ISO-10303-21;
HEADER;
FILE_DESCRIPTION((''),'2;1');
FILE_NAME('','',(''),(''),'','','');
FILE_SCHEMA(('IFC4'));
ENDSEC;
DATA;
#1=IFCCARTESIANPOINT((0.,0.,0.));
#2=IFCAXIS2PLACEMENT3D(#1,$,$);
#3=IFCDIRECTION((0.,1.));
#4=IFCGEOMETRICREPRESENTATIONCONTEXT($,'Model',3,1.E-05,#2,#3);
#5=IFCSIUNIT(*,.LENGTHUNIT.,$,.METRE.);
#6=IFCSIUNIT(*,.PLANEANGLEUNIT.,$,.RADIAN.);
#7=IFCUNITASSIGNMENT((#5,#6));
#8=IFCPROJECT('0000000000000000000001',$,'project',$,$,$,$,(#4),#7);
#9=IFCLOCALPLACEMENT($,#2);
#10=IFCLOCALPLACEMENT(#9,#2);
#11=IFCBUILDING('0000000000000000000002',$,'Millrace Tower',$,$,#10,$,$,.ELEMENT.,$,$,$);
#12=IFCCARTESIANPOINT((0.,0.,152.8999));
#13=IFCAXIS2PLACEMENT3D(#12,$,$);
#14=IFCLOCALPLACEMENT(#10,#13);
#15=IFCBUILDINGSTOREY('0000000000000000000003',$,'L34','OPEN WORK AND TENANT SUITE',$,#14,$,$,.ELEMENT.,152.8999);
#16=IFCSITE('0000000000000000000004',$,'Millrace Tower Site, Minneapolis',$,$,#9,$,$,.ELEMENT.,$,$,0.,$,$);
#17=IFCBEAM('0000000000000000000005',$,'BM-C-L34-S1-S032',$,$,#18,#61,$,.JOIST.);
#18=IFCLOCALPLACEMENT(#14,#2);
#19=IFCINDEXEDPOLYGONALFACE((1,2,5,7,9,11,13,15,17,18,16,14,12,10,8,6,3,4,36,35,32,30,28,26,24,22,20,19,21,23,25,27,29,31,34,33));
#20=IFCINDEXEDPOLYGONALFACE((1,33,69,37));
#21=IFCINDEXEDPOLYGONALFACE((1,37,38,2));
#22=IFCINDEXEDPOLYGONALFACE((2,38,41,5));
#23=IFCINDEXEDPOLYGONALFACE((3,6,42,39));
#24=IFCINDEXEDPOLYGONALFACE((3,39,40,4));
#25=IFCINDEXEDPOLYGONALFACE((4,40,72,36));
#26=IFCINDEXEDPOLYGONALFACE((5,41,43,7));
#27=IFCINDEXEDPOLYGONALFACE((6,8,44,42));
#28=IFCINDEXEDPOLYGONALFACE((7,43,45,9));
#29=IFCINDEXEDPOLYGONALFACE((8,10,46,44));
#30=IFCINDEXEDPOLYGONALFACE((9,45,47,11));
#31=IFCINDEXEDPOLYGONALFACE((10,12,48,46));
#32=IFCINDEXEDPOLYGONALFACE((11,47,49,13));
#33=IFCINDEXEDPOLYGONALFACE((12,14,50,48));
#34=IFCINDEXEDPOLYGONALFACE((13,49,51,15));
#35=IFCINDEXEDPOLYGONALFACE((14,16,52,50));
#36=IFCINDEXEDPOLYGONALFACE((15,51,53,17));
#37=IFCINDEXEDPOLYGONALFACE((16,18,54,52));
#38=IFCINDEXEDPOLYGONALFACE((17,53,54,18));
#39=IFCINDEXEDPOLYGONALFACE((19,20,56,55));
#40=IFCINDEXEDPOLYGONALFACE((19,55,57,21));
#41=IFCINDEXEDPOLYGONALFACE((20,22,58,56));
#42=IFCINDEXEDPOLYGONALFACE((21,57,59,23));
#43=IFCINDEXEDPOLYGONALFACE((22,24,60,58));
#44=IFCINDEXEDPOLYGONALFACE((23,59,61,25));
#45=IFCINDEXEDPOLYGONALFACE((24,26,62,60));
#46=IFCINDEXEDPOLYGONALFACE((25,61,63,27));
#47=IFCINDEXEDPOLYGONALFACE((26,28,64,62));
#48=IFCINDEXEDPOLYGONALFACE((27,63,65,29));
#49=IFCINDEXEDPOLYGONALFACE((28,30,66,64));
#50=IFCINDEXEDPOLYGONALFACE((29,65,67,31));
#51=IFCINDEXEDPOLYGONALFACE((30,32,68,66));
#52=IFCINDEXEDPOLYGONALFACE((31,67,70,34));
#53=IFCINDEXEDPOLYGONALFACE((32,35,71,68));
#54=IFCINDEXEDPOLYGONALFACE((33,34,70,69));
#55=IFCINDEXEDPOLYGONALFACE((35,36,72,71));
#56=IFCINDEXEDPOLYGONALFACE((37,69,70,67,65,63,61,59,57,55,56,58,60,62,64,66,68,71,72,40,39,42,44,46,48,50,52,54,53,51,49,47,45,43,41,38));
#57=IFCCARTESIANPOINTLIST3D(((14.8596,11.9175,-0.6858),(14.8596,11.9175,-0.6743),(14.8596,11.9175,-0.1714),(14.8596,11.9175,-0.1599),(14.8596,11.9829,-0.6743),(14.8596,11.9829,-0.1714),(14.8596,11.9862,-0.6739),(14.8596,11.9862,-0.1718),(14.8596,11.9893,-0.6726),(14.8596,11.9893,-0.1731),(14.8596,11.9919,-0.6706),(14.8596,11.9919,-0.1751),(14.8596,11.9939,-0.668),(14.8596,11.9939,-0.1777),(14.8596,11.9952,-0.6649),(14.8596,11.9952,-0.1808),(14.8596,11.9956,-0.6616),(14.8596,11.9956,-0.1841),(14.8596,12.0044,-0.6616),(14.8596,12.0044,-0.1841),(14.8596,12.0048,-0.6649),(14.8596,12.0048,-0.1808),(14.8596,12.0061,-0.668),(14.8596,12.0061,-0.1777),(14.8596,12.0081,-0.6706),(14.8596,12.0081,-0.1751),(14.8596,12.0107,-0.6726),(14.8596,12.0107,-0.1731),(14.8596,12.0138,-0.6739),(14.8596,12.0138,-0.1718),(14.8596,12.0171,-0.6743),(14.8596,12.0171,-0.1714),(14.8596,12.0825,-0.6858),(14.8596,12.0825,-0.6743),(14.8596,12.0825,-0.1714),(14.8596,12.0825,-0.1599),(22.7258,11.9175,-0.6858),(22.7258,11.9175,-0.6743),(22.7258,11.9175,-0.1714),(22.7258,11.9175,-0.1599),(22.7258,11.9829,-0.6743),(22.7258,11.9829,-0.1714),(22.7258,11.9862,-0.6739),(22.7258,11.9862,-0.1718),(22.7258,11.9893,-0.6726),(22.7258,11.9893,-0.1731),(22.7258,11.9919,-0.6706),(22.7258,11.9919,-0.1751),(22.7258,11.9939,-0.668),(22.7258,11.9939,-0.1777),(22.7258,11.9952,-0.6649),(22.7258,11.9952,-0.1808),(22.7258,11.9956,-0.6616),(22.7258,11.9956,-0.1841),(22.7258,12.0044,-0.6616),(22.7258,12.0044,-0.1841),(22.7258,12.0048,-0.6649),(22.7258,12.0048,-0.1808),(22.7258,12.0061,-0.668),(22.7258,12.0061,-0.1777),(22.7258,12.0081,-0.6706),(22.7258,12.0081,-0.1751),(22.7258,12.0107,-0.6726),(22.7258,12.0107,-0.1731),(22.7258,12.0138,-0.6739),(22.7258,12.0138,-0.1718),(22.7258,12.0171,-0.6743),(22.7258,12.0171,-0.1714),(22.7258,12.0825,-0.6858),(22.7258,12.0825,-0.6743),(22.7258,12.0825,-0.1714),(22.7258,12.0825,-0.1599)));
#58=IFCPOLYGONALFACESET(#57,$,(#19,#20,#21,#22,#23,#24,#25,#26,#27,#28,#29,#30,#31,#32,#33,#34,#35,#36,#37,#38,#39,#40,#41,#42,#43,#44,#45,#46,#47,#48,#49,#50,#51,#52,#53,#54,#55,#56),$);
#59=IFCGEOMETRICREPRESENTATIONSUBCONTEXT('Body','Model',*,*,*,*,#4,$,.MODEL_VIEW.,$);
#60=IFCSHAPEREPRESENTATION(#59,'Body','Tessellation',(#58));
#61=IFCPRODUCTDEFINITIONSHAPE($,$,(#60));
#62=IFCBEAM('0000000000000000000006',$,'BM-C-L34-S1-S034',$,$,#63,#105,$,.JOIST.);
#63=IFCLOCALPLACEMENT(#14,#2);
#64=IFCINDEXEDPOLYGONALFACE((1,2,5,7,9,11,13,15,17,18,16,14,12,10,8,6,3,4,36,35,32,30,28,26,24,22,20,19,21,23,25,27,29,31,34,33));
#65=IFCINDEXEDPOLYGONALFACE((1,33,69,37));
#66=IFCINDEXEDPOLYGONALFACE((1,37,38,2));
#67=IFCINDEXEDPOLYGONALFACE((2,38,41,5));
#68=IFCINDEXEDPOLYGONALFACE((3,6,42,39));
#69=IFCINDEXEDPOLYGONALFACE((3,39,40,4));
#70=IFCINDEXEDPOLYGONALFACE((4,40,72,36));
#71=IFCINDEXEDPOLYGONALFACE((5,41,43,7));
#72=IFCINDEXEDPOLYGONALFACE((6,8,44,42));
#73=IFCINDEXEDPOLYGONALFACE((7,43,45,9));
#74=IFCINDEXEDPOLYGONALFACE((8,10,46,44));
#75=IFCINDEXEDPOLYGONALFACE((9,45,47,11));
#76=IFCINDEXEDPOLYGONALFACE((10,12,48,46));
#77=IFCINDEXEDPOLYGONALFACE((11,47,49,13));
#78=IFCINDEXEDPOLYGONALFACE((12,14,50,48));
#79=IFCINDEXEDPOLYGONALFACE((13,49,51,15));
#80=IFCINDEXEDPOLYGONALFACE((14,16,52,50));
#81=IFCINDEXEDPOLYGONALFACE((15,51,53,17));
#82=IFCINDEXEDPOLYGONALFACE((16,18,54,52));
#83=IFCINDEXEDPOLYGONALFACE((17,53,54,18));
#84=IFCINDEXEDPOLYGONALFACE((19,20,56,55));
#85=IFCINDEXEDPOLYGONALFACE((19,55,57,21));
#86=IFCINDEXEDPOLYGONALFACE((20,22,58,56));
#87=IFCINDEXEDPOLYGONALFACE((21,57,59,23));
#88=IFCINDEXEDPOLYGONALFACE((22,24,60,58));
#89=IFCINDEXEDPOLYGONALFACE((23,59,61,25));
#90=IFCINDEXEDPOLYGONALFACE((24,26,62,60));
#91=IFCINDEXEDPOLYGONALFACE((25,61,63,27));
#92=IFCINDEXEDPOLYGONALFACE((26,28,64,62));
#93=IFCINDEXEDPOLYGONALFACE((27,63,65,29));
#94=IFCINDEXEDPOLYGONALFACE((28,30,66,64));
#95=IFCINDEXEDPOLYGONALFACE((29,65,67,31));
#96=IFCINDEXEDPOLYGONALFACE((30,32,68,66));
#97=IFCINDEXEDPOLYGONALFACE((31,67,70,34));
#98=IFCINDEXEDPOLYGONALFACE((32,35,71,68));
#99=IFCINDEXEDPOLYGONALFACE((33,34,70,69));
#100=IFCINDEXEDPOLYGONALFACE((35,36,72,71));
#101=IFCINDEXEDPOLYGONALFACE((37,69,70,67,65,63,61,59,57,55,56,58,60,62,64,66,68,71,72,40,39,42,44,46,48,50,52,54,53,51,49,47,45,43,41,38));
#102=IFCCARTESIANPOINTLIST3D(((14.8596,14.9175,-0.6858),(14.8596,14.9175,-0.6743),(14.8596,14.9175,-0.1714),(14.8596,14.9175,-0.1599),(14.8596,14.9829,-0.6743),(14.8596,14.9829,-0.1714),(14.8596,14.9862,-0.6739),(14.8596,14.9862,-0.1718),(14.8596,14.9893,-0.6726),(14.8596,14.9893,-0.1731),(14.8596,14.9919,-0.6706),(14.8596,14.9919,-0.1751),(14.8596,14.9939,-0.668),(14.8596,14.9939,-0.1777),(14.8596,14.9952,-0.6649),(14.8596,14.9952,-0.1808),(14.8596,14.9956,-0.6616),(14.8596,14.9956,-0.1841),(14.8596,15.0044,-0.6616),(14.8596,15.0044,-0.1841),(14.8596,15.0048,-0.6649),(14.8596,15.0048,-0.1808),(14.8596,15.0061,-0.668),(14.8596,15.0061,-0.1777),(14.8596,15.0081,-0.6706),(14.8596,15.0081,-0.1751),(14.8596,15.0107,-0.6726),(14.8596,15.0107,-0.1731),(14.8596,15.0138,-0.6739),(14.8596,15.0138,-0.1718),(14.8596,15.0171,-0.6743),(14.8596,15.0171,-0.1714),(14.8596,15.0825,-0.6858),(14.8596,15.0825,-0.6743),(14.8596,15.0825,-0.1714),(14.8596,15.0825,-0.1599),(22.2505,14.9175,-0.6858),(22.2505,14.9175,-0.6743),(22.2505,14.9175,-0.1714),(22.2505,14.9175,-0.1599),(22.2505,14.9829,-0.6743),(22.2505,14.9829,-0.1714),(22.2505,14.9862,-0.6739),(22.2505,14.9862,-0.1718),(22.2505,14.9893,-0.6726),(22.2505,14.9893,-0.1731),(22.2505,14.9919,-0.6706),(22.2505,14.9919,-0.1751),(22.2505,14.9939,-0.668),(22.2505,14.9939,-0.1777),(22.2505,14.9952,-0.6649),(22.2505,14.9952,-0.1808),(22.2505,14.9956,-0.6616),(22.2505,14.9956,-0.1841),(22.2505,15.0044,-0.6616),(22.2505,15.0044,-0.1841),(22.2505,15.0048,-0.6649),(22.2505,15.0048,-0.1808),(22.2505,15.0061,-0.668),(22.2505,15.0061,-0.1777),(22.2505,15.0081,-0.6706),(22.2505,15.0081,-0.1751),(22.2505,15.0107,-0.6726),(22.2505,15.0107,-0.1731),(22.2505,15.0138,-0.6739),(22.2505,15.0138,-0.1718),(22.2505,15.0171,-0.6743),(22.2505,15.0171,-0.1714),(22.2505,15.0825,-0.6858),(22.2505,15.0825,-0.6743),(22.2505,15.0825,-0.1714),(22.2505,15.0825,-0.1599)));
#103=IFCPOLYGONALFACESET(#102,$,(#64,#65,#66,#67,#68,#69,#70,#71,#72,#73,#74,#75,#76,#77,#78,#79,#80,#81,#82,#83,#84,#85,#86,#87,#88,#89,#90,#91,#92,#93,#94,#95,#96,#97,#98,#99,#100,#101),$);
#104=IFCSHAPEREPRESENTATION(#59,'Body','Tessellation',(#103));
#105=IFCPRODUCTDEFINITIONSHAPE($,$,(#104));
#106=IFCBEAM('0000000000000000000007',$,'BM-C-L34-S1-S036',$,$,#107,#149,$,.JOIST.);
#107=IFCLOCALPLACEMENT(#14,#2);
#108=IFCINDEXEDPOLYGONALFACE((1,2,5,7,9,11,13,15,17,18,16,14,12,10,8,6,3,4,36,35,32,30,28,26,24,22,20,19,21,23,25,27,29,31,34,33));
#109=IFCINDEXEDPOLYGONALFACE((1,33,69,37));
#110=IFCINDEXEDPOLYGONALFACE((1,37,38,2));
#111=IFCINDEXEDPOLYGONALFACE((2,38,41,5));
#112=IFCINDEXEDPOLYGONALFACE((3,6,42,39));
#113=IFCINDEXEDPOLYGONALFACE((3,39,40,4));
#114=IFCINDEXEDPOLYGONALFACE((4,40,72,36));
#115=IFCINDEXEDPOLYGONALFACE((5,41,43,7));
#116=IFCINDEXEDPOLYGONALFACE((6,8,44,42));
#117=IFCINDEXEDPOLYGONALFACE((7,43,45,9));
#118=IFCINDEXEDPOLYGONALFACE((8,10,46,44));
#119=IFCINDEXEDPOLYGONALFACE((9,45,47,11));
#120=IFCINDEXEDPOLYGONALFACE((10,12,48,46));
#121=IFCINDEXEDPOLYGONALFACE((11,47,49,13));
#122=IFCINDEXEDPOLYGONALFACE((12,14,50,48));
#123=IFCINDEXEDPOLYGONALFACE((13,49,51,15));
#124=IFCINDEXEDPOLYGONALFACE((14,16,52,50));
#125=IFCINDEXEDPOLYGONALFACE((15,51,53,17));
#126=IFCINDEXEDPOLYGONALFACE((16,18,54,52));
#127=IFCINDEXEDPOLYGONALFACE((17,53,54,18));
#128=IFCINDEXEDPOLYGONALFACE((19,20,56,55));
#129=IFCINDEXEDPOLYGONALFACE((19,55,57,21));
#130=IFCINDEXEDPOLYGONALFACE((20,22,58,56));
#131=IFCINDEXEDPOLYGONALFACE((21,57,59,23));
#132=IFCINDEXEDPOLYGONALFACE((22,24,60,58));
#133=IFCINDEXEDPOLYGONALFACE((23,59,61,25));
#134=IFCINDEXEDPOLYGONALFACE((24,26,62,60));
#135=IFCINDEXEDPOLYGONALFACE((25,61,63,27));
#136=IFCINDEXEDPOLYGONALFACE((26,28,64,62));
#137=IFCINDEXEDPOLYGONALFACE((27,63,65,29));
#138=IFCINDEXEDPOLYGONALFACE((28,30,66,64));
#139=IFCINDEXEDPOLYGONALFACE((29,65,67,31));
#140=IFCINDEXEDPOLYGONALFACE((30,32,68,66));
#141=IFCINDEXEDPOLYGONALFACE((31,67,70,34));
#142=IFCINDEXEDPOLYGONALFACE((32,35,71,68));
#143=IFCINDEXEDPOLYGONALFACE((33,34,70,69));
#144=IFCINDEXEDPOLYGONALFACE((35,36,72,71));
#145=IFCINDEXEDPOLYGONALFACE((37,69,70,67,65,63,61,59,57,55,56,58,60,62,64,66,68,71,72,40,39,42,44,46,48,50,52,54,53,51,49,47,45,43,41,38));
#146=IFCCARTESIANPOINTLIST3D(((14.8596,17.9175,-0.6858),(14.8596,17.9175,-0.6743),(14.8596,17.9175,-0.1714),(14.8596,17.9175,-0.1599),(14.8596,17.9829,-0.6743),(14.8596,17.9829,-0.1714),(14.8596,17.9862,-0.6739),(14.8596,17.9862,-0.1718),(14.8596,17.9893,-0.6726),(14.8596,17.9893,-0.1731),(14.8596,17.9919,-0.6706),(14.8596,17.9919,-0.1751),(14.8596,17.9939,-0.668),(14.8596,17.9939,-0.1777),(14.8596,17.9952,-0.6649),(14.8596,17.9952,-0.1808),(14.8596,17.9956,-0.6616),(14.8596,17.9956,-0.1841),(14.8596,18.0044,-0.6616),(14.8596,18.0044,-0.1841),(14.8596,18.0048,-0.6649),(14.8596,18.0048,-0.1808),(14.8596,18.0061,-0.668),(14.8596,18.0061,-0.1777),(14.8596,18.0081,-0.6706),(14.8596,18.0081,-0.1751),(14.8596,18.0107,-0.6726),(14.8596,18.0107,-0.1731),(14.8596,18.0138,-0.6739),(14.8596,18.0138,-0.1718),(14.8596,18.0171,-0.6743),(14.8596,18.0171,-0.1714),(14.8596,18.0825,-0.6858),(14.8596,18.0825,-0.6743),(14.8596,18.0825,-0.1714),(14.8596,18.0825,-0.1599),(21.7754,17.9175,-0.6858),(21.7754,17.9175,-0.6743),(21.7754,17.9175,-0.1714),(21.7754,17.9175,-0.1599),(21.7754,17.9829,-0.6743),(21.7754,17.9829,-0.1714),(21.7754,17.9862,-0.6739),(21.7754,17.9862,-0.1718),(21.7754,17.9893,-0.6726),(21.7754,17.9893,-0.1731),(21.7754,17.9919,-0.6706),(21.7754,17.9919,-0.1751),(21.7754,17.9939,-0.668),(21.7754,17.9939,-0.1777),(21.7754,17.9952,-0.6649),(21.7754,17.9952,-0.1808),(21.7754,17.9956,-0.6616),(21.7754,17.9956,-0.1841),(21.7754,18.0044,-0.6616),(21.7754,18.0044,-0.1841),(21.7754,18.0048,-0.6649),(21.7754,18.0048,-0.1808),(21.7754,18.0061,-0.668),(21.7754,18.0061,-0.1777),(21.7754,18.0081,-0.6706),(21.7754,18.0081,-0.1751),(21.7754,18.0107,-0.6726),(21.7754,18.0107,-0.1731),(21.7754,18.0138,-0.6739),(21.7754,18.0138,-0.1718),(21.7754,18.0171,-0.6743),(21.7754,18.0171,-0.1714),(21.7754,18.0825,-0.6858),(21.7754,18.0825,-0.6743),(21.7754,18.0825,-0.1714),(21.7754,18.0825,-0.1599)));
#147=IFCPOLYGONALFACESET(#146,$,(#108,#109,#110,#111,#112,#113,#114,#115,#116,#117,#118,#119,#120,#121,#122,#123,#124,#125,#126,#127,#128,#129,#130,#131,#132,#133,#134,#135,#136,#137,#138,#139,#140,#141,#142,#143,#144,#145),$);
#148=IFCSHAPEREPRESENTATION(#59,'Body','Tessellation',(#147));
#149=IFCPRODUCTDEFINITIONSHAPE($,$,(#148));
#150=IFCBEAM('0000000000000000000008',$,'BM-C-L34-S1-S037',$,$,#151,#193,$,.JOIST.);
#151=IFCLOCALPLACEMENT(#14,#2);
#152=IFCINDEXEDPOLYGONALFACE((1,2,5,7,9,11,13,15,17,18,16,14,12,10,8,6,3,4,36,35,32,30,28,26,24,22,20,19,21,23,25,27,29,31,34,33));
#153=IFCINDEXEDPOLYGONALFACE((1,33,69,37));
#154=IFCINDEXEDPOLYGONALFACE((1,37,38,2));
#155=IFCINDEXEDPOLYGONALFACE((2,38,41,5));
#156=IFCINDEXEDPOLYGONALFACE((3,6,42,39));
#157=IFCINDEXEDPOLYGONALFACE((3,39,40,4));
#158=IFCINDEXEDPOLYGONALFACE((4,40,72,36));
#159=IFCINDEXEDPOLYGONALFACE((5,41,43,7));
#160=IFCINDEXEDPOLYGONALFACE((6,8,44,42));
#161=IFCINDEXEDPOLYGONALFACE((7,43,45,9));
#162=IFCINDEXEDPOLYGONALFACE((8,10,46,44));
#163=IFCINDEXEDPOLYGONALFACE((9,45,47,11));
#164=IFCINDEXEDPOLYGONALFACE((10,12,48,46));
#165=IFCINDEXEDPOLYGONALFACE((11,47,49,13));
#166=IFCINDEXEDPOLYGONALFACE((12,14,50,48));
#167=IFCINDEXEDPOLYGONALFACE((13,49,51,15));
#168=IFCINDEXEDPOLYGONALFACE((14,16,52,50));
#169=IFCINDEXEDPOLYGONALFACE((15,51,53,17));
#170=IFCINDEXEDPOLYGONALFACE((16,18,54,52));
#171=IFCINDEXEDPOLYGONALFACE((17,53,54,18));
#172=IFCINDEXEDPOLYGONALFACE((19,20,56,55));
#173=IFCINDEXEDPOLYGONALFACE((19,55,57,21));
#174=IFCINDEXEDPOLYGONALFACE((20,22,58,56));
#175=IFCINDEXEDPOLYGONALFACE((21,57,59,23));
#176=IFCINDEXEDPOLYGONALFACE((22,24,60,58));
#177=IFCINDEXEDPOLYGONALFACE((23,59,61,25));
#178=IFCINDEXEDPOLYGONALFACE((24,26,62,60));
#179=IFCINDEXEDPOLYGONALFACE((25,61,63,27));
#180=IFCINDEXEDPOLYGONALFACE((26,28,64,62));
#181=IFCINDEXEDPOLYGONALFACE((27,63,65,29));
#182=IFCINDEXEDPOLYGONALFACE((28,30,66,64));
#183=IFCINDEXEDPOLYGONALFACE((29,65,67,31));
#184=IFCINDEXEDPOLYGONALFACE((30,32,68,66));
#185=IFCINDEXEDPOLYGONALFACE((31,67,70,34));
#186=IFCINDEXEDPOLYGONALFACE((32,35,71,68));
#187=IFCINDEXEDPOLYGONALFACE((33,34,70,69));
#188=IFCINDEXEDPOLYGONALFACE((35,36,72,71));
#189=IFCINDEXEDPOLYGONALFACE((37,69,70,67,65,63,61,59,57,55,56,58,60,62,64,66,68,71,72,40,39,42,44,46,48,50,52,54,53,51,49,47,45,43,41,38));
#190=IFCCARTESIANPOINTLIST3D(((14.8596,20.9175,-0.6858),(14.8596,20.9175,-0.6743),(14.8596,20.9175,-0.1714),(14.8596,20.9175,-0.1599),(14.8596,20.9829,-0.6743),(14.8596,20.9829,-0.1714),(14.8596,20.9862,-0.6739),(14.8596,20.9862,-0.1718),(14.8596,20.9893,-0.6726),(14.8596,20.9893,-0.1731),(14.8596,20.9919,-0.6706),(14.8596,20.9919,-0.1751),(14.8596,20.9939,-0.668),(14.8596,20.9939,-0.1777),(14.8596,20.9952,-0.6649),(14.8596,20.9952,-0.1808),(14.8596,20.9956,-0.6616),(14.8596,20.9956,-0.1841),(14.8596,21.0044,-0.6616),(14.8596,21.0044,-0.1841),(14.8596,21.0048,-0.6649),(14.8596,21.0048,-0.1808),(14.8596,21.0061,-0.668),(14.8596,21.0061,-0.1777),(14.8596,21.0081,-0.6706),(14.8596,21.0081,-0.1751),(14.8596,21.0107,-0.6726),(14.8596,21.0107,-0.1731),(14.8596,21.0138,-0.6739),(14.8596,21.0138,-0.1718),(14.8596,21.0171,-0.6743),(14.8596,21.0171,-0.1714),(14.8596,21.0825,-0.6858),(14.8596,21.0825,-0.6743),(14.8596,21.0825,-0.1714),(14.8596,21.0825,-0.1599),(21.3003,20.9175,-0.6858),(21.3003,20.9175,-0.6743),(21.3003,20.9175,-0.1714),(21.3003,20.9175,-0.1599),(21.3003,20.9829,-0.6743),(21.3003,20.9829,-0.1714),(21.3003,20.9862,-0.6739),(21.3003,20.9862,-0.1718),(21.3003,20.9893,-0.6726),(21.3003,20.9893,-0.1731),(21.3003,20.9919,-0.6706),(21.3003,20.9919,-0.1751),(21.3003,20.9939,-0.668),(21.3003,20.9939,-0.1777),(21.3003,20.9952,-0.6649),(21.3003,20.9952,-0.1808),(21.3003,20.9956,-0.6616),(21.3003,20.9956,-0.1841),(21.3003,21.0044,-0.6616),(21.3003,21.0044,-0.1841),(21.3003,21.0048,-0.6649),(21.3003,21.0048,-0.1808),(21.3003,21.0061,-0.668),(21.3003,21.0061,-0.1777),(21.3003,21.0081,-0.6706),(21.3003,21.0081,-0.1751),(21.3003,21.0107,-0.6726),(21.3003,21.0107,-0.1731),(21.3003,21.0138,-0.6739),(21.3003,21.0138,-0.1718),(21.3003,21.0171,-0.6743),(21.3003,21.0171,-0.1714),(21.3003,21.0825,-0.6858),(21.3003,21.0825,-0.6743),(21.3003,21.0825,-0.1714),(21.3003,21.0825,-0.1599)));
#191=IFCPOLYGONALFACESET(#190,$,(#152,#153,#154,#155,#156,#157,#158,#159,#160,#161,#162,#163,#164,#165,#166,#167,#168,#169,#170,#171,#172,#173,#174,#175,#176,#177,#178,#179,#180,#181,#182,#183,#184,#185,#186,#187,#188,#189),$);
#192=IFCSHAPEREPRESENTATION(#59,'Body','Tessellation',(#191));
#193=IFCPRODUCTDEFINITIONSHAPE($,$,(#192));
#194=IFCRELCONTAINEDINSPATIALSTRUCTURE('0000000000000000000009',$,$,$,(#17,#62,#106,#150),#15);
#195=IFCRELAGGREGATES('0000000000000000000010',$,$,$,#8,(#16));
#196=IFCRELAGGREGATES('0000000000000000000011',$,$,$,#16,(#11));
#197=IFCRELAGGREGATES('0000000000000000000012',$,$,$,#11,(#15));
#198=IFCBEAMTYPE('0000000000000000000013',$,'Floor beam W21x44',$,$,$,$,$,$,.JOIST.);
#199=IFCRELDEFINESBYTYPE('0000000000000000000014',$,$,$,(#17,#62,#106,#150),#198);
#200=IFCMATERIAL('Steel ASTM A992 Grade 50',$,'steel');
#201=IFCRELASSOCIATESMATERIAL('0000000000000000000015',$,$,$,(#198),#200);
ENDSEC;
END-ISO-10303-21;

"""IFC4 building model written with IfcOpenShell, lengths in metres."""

from ifc_helpers import new_model, si_unit, direction, frame, origin, origin_2d, place, context, subcontext, project, spatial, i_section, extrude, material, material_profile, profile_set, type_object, element, save


model = new_model("IFC4")

# Units and contexts
model_context = context("Model", 3, precision=1e-05, world=origin(), true_north=direction((0.0, 1.0)))
body_context = subcontext(model_context, "Body", "Model", "MODEL_VIEW")
ifc_project = project(units=[si_unit("LENGTHUNIT", "METRE"), si_unit("PLANEANGLEUNIT", "RADIAN")], contexts=[model_context])

# Site, building, storey
site_placement = place(None, origin())
site = spatial("IfcSite", under=ifc_project, at=site_placement, Name="Millrace Tower Site, Minneapolis", CompositionType="ELEMENT", RefElevation=0.0)
building_placement = place(site_placement, origin())
building = spatial("IfcBuilding", under=site, at=building_placement, Name="Millrace Tower", CompositionType="ELEMENT")
storey_placement = place(building_placement, frame((0.0, 0.0, 152.8999)))
storey = spatial("IfcBuildingStorey", under=building, at=storey_placement, Name="L34", Description="OPEN WORK AND TENANT SUITE", CompositionType="ELEMENT", Elevation=152.8999)

# Beams
ifc_material_1 = material(Name="Steel ASTM A992 Grade 50", Category="steel")
ifc_material_profile_1 = material_profile(ifc_material_1, i_section(OverallWidth=0.165, OverallDepth=0.5259, WebThickness=0.0088, FlangeThickness=0.0115, FilletRadius=0.0127, at=origin_2d()))
ifc_profile_set_1 = profile_set([ifc_material_profile_1], Name="Steel ASTM A992 Grade 50")
beam_type_1 = type_object("IfcBeamType", Name="Floor beam W21x44", PredefinedType="JOIST", material=ifc_profile_set_1)
beam_1_placement = place(storey_placement, frame((14.8596, 12.0, -0.4229), z_axis=(1.0, 0.0, 0.0), x_axis=(0.0, 1.0, 0.0)))
element("IfcBeam", 1, at=beam_1_placement, inside=storey, type_object=beam_type_1, Name="BM-C-L34-S1-S032", PredefinedType="JOIST", context=body_context, shape_type="SweptSolid", body=[
    extrude(i_section(OverallWidth=0.165, OverallDepth=0.5259, WebThickness=0.0088, FlangeThickness=0.0115, FilletRadius=0.0127, at=origin_2d()), origin(), (0.0, 0.0, 1.0), 7.8662),
])
beam_2_placement = place(storey_placement, frame((14.8596, 15.0, -0.4229), z_axis=(1.0, 0.0, 0.0), x_axis=(0.0, 1.0, 0.0)))
element("IfcBeam", 2, at=beam_2_placement, inside=storey, type_object=beam_type_1, Name="BM-C-L34-S1-S034", PredefinedType="JOIST", context=body_context, shape_type="SweptSolid", body=[
    extrude(i_section(OverallWidth=0.165, OverallDepth=0.5259, WebThickness=0.0088, FlangeThickness=0.0115, FilletRadius=0.0127, at=origin_2d()), origin(), (0.0, 0.0, 1.0), 7.3909),
])
beam_3_placement = place(storey_placement, frame((14.8596, 18.0, -0.4229), z_axis=(1.0, 0.0, 0.0), x_axis=(0.0, 1.0, 0.0)))
element("IfcBeam", 3, at=beam_3_placement, inside=storey, type_object=beam_type_1, Name="BM-C-L34-S1-S036", PredefinedType="JOIST", context=body_context, shape_type="SweptSolid", body=[
    extrude(i_section(OverallWidth=0.165, OverallDepth=0.5259, WebThickness=0.0088, FlangeThickness=0.0115, FilletRadius=0.0127, at=origin_2d()), origin(), (0.0, 0.0, 1.0), 6.9158),
])
beam_4_placement = place(storey_placement, frame((14.8596, 21.0, -0.4229), z_axis=(1.0, 0.0, 0.0), x_axis=(0.0, 1.0, 0.0)))
element("IfcBeam", 4, at=beam_4_placement, inside=storey, type_object=beam_type_1, Name="BM-C-L34-S1-S037", PredefinedType="JOIST", context=body_context, shape_type="SweptSolid", body=[
    extrude(i_section(OverallWidth=0.165, OverallDepth=0.5259, WebThickness=0.0088, FlangeThickness=0.0115, FilletRadius=0.0127, at=origin_2d()), origin(), (0.0, 0.0, 1.0), 6.4407),
])

save(model, "model.ifc")
